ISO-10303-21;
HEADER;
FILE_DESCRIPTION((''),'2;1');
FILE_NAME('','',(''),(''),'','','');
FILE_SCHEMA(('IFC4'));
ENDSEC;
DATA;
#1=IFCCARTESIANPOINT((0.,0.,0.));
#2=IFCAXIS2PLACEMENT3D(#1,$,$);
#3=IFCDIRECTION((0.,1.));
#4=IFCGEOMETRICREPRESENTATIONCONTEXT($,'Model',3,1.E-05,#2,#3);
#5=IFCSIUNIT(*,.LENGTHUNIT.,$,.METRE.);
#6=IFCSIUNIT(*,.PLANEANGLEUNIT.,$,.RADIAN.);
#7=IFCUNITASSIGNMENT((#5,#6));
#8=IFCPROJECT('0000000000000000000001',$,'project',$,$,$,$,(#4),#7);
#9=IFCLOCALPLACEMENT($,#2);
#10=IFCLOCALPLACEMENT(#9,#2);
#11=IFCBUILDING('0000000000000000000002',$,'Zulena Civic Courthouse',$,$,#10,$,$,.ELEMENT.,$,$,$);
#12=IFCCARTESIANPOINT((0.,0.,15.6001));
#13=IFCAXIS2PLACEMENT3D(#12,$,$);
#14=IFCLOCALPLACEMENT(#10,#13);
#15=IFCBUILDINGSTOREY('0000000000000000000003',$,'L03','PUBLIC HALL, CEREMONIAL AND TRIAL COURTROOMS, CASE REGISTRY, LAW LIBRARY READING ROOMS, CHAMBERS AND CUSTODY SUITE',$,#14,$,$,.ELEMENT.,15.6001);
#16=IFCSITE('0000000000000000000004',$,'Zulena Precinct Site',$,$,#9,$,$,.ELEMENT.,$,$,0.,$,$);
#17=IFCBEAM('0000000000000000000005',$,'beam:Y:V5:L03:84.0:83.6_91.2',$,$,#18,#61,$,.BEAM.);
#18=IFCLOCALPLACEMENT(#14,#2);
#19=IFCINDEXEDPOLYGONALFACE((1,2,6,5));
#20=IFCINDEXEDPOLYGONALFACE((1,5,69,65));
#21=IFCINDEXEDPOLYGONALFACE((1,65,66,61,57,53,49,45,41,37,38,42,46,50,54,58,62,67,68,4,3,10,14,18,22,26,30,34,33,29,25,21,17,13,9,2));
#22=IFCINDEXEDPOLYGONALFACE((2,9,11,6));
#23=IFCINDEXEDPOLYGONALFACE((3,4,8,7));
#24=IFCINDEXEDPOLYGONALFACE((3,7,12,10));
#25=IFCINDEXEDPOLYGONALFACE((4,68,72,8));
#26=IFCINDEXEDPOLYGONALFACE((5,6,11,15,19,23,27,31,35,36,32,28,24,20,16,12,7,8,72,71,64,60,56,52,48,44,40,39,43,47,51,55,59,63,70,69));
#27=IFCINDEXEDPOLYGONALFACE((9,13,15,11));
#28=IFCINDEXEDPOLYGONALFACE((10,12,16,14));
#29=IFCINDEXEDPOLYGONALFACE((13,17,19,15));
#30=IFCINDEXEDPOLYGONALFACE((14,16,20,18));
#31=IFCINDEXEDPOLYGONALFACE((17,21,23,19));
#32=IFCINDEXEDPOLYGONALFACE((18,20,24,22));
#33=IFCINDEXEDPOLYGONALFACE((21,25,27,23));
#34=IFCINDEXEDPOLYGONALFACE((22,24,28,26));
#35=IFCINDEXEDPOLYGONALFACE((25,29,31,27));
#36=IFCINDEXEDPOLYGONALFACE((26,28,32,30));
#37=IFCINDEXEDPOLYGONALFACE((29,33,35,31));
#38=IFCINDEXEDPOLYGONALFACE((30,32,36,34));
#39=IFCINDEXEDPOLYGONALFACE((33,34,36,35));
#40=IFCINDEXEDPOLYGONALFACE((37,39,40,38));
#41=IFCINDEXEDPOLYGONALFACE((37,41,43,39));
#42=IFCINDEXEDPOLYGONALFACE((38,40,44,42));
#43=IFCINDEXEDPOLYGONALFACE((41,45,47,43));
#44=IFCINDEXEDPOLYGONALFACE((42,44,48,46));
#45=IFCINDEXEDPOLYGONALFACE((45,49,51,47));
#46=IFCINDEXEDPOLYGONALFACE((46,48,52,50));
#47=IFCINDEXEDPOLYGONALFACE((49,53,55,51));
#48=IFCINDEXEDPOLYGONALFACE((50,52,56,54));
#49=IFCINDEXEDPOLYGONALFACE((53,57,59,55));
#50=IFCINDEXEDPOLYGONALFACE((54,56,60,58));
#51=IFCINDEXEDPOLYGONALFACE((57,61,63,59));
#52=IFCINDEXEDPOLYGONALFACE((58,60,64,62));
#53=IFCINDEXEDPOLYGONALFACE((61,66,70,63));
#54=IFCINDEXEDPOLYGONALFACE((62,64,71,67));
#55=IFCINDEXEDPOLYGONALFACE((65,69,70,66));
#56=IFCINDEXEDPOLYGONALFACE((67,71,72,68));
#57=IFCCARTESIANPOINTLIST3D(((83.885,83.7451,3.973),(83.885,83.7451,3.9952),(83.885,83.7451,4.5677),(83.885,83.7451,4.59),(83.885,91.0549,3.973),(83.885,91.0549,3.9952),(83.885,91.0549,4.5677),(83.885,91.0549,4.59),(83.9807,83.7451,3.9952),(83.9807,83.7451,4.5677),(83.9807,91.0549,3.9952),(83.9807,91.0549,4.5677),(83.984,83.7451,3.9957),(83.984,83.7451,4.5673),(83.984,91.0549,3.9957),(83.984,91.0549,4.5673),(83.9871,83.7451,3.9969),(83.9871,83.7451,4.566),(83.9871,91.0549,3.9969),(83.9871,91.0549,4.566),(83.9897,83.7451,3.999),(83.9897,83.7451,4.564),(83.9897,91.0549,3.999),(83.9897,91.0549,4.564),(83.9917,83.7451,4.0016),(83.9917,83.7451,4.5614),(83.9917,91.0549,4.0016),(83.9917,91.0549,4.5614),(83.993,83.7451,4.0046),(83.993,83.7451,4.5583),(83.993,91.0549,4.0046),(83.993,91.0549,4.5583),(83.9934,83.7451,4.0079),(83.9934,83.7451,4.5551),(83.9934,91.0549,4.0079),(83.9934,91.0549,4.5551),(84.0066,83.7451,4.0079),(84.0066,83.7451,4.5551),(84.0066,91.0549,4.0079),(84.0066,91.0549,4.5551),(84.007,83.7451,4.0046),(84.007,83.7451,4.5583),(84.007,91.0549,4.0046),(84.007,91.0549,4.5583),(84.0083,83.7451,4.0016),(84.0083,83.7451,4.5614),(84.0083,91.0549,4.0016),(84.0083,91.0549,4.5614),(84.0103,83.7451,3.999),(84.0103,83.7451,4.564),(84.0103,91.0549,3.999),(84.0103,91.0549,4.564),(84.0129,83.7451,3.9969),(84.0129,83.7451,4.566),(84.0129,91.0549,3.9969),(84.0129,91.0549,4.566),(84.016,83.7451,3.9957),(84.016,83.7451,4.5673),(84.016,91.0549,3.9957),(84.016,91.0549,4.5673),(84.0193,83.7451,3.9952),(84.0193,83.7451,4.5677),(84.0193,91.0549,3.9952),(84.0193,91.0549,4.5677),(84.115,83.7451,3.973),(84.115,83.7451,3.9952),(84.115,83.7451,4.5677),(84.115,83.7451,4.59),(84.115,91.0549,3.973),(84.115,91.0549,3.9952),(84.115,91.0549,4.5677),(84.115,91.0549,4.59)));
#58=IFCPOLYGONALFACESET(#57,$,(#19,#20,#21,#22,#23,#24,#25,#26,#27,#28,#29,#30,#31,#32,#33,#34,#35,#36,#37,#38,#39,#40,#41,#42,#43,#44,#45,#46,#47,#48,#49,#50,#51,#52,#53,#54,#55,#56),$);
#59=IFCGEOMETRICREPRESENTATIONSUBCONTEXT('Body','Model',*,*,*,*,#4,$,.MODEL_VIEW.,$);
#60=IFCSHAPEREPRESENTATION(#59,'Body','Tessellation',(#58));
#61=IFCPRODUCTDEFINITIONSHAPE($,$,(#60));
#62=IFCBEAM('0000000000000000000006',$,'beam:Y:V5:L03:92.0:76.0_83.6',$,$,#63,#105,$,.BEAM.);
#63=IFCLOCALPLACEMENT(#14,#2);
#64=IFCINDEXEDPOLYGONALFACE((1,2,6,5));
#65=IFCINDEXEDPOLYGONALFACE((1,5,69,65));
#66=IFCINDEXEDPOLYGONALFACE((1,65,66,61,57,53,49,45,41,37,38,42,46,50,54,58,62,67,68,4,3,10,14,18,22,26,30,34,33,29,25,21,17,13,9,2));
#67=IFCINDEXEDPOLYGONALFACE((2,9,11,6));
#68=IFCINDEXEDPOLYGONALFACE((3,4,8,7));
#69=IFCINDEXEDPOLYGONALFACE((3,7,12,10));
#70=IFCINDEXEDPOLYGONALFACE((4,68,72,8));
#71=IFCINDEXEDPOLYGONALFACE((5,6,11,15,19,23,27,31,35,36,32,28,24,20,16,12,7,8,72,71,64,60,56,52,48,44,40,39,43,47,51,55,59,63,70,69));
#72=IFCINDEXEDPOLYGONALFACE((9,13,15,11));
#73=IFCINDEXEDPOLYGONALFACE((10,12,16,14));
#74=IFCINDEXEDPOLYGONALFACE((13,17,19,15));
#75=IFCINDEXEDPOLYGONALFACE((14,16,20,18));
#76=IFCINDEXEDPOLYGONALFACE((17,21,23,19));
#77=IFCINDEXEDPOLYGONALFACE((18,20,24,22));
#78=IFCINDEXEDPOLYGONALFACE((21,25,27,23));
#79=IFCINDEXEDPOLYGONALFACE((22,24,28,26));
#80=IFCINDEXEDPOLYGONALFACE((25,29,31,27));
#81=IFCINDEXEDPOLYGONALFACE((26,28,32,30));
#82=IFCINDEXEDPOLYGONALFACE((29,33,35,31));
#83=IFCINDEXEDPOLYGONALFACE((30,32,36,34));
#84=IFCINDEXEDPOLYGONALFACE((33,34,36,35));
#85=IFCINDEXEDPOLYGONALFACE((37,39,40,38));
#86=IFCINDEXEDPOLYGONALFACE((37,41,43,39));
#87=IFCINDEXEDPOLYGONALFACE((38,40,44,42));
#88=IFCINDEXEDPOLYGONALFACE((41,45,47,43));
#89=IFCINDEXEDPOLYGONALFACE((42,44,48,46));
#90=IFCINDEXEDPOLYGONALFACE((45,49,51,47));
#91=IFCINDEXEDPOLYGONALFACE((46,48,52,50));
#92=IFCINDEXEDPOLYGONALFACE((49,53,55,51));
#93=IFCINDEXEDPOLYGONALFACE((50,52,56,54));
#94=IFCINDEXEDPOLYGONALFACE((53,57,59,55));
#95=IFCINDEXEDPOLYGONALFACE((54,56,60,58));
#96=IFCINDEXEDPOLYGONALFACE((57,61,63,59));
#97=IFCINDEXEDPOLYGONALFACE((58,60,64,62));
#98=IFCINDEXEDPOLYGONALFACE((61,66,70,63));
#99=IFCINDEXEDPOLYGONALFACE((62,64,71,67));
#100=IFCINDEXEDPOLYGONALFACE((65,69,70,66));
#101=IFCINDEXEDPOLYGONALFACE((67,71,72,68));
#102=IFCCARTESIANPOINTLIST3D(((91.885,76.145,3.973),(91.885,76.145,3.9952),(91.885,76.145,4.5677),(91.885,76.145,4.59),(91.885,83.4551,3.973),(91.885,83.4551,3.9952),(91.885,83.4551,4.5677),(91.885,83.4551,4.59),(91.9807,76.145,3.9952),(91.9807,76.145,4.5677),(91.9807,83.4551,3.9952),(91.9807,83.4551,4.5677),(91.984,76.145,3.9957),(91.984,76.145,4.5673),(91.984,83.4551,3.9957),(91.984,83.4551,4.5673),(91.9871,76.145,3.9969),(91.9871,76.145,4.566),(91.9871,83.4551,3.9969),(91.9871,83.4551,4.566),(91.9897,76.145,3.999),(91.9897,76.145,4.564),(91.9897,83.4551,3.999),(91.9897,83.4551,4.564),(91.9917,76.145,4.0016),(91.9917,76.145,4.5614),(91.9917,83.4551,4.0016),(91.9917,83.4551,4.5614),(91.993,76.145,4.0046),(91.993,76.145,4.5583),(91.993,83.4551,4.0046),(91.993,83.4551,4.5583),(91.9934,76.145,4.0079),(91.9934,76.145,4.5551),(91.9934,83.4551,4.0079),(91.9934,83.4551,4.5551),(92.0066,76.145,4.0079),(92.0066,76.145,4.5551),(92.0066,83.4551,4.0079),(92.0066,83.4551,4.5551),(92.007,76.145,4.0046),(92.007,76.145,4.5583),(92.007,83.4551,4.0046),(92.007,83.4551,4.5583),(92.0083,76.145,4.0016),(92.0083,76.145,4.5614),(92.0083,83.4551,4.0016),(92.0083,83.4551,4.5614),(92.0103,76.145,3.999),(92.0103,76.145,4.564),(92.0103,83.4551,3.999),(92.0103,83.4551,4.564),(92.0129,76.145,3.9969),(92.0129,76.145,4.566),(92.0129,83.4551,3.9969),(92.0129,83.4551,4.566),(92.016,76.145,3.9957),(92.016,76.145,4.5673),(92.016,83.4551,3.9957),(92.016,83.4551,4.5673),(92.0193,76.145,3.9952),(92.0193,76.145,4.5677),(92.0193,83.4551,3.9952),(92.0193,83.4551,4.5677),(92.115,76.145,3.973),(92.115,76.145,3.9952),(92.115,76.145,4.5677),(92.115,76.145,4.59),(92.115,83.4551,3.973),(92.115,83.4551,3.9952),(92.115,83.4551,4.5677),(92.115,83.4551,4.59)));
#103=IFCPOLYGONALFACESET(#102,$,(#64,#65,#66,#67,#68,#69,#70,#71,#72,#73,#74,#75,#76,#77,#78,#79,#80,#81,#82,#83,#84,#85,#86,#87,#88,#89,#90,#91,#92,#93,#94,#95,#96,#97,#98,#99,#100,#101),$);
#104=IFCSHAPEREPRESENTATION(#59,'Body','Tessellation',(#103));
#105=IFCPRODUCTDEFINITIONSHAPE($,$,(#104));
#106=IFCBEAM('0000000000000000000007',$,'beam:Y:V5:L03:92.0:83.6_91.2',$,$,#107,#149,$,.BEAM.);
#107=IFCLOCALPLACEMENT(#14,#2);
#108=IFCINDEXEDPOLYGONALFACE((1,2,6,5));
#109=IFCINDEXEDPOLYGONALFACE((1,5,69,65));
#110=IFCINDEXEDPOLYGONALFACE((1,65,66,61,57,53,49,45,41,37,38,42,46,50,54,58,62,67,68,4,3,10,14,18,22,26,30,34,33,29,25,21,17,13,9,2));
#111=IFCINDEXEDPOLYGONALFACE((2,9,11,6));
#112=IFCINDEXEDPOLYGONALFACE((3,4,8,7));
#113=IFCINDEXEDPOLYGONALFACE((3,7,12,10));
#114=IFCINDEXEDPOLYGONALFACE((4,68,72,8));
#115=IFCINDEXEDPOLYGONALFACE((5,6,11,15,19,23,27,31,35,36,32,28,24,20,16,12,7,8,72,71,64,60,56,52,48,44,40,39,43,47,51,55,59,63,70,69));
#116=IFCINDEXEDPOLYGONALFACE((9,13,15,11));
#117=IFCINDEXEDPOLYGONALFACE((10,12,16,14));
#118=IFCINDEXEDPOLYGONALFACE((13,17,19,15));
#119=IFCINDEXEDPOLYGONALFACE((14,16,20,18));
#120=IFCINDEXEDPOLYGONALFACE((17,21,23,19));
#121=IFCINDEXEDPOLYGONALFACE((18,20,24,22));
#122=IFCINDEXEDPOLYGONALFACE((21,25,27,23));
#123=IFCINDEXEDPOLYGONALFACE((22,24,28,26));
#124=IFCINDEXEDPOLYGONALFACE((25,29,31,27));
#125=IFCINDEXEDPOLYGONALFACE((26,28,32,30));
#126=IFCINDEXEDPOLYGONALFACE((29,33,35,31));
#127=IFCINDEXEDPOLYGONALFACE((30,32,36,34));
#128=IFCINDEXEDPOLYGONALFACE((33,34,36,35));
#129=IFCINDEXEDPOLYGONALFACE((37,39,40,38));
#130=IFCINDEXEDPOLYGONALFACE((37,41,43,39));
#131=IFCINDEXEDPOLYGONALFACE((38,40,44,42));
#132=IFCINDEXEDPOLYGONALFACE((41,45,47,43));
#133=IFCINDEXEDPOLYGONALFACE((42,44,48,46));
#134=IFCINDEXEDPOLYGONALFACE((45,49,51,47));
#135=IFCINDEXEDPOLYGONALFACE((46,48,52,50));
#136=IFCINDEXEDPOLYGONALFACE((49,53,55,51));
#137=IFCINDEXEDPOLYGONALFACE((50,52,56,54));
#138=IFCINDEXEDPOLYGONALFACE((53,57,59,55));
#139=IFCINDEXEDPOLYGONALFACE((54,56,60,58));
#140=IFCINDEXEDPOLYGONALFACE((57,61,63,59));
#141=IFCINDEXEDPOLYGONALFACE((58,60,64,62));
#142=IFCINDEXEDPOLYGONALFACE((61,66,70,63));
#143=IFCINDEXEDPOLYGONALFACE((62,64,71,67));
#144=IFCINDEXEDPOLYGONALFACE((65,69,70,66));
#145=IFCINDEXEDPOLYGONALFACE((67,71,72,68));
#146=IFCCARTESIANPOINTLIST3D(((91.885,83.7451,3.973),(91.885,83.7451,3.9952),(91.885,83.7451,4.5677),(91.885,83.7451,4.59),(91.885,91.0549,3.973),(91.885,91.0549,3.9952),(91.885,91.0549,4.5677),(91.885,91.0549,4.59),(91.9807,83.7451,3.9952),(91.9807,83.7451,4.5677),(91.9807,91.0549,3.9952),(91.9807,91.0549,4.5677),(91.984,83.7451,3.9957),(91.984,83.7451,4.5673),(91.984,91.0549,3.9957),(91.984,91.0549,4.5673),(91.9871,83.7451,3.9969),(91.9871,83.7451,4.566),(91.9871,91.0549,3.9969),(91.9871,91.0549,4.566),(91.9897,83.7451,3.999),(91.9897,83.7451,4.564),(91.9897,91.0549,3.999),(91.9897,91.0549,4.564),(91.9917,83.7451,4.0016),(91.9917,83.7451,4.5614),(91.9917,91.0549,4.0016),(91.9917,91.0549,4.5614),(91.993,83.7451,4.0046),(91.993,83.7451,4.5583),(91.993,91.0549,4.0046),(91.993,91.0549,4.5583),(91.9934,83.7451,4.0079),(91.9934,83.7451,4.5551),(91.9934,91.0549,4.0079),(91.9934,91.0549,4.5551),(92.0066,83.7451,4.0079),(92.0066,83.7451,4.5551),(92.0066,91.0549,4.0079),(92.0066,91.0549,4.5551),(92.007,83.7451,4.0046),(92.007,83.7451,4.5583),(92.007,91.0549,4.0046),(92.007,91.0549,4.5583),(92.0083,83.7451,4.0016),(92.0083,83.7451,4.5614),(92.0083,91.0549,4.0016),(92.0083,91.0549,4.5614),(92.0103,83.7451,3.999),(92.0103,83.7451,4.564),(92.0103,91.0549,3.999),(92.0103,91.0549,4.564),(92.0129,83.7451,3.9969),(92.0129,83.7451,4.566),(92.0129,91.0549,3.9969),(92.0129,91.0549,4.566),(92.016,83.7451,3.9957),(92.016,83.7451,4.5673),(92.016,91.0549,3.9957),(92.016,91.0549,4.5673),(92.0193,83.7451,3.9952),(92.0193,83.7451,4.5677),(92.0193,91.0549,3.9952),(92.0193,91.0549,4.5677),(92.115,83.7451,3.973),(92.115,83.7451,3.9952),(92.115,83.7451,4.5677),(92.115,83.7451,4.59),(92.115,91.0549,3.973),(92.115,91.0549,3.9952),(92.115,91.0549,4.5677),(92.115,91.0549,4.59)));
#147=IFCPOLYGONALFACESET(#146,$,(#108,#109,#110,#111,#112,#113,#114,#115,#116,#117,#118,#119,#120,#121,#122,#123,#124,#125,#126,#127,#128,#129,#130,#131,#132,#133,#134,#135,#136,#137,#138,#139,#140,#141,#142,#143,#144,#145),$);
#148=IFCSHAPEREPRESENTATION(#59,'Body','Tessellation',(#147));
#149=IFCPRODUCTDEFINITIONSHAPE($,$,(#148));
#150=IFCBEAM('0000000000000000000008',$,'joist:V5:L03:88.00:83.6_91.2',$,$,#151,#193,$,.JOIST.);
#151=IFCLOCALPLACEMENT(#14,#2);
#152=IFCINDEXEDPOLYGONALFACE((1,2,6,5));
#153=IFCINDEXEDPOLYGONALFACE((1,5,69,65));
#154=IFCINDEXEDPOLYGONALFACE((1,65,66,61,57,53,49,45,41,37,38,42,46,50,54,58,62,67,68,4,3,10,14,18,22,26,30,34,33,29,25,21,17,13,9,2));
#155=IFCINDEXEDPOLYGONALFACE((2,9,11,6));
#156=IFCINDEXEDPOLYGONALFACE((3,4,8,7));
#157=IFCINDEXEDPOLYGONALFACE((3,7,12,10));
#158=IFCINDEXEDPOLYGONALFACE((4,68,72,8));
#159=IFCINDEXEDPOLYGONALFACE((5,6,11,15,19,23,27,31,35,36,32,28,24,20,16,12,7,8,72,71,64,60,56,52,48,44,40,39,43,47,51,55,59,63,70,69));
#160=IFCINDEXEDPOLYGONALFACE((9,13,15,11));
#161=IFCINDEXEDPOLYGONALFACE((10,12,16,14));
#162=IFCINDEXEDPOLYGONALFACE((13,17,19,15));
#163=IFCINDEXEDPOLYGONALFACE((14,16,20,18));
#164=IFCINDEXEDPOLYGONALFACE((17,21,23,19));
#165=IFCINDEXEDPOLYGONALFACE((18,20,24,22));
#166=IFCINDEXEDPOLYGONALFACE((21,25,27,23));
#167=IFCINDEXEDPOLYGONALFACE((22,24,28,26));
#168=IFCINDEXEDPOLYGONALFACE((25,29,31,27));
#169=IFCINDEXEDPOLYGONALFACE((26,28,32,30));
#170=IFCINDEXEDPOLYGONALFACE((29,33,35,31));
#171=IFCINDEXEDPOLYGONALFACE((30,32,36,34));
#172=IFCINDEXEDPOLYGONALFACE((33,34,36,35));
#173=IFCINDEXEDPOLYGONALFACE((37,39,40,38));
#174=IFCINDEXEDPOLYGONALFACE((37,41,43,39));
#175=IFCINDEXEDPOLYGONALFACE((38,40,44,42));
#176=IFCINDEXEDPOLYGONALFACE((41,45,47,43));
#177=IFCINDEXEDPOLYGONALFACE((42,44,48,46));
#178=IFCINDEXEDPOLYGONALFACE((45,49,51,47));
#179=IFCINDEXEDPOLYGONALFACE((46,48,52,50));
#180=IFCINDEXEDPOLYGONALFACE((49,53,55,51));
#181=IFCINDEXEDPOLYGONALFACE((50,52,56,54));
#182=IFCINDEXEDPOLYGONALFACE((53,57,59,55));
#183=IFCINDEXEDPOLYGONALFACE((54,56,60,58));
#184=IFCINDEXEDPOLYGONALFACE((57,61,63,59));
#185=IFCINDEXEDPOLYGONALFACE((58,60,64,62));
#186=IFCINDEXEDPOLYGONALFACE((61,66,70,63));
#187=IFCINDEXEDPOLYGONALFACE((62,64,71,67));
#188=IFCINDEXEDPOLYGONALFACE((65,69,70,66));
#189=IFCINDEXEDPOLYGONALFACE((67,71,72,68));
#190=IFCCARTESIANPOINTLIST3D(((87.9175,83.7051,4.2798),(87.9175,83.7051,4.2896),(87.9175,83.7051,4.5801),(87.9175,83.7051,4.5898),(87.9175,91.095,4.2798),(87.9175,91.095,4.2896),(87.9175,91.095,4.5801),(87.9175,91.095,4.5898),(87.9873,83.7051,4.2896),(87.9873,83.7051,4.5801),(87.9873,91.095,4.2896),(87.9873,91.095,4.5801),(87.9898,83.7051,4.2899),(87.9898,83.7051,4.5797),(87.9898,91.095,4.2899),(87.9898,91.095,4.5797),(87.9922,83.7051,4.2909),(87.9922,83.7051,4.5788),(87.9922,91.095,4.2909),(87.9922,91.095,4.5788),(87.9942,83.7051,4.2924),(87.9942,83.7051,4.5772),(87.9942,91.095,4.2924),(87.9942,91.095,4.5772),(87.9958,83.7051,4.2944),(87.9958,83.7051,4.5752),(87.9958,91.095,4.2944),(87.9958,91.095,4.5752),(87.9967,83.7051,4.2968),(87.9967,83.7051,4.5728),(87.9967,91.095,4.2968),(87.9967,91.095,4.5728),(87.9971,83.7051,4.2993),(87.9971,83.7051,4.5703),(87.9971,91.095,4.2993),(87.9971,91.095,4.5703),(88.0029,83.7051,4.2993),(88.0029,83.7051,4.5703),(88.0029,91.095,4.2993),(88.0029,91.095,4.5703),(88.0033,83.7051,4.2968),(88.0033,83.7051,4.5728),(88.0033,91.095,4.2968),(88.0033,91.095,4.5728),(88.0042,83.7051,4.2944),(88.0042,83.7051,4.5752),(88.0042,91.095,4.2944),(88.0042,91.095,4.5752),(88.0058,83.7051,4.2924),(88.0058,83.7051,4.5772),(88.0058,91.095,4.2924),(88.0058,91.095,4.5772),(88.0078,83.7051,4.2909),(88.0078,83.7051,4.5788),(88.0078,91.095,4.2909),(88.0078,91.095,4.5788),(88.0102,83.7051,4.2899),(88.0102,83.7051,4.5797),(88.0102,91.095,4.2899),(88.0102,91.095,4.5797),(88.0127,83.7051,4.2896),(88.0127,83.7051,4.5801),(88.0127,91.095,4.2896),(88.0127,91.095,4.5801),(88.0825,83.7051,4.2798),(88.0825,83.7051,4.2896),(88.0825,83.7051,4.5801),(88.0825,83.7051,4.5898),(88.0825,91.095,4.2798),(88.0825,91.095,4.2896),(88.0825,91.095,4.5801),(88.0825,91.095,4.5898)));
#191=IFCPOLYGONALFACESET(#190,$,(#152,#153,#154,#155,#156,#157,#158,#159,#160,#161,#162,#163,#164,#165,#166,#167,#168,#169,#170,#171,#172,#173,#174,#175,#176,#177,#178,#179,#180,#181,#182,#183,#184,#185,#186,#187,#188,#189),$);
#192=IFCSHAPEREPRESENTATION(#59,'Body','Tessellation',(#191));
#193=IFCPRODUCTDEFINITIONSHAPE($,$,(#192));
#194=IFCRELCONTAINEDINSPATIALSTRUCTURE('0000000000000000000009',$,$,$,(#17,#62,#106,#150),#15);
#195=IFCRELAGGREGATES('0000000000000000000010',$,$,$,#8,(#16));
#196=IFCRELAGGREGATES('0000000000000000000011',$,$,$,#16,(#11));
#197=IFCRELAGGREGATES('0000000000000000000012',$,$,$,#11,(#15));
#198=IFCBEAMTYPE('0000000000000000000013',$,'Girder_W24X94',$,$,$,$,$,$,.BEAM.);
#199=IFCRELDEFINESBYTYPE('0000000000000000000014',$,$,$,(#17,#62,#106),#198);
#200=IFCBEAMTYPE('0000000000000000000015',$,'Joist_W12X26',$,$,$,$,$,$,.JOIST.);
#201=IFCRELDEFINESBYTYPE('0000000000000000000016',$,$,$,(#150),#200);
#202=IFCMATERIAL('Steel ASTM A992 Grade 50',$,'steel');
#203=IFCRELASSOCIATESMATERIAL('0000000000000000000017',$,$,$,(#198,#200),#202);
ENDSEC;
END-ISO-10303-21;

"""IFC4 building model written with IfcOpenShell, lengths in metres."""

from ifc_helpers import new_model, si_unit, direction, frame, origin, origin_2d, place, context, subcontext, project, spatial, i_section, extrude, material, material_profile, profile_set, type_object, element, save


model = new_model("IFC4")

# Units and contexts
model_context = context("Model", 3, precision=1e-05, world=origin(), true_north=direction((0.0, 1.0)))
body_context = subcontext(model_context, "Body", "Model", "MODEL_VIEW")
ifc_project = project(units=[si_unit("LENGTHUNIT", "METRE"), si_unit("PLANEANGLEUNIT", "RADIAN")], contexts=[model_context])

# Site, building, storey
site_placement = place(None, origin())
site = spatial("IfcSite", under=ifc_project, at=site_placement, Name="Zulena Precinct Site", CompositionType="ELEMENT", RefElevation=0.0)
building_placement = place(site_placement, origin())
building = spatial("IfcBuilding", under=site, at=building_placement, Name="Zulena Civic Courthouse", CompositionType="ELEMENT")
storey_placement = place(building_placement, frame((0.0, 0.0, 15.6001)))
storey = spatial("IfcBuildingStorey", under=building, at=storey_placement, Name="L03", Description="PUBLIC HALL, CEREMONIAL AND TRIAL COURTROOMS, CASE REGISTRY, LAW LIBRARY READING ROOMS, CHAMBERS AND CUSTODY SUITE", CompositionType="ELEMENT", Elevation=15.6001)

# Shared definitions
ifc_material_1 = material(Name="Steel ASTM A992 Grade 50", Category="steel")

# Beams
ifc_material_profile_1 = material_profile(ifc_material_1, i_section(OverallWidth=0.23, OverallDepth=0.6169, WebThickness=0.0132, FlangeThickness=0.0222, FilletRadius=0.0127, at=origin_2d()), Name="W24X94")
ifc_profile_set_1 = profile_set([ifc_material_profile_1], Name="Steel ASTM A992 Grade 50")
beam_type_1 = type_object("IfcBeamType", Name="Girder_W24X94", PredefinedType="BEAM", material=ifc_profile_set_1)
beam_1_placement = place(storey_placement, frame((84.0, 83.7451, 4.2815), z_axis=(0.0, 1.0, 0.0), x_axis=(-1.0, 0.0, 0.0)))
element("IfcBeam", 1, at=beam_1_placement, inside=storey, type_object=beam_type_1, Name="beam:Y:V5:L03:84.0:83.6_91.2", PredefinedType="BEAM", context=body_context, shape_type="SweptSolid", body=[
    extrude(i_section(OverallWidth=0.23, OverallDepth=0.6169, WebThickness=0.0132, FlangeThickness=0.0222, FilletRadius=0.0127, at=origin_2d()), origin(), (0.0, 0.0, 1.0), 7.3098),
])
beam_2_placement = place(storey_placement, frame((92.0, 76.145, 4.2815), z_axis=(0.0, 1.0, 0.0), x_axis=(-1.0, 0.0, 0.0)))
element("IfcBeam", 2, at=beam_2_placement, inside=storey, type_object=beam_type_1, Name="beam:Y:V5:L03:92.0:76.0_83.6", PredefinedType="BEAM", context=body_context, shape_type="SweptSolid", body=[
    extrude(i_section(OverallWidth=0.23, OverallDepth=0.6169, WebThickness=0.0132, FlangeThickness=0.0222, FilletRadius=0.0127, at=origin_2d()), origin(), (0.0, 0.0, 1.0), 7.3101),
])
beam_3_placement = place(storey_placement, frame((92.0, 83.7451, 4.2815), z_axis=(0.0, 1.0, 0.0), x_axis=(-1.0, 0.0, 0.0)))
element("IfcBeam", 3, at=beam_3_placement, inside=storey, type_object=beam_type_1, Name="beam:Y:V5:L03:92.0:83.6_91.2", PredefinedType="BEAM", context=body_context, shape_type="SweptSolid", body=[
    extrude(i_section(OverallWidth=0.23, OverallDepth=0.6169, WebThickness=0.0132, FlangeThickness=0.0222, FilletRadius=0.0127, at=origin_2d()), origin(), (0.0, 0.0, 1.0), 7.3098),
])
ifc_material_profile_2 = material_profile(ifc_material_1, i_section(OverallWidth=0.165, OverallDepth=0.3101, WebThickness=0.0059, FlangeThickness=0.0098, FilletRadius=0.0098, at=origin_2d()), Name="W12X26")
ifc_profile_set_2 = profile_set([ifc_material_profile_2], Name="Steel ASTM A992 Grade 50")
beam_type_2 = type_object("IfcBeamType", Name="Joist_W12X26", PredefinedType="JOIST", material=ifc_profile_set_2)
beam_4_placement = place(storey_placement, frame((88.0, 83.7051, 4.4348), z_axis=(0.0, 1.0, 0.0), x_axis=(-1.0, 0.0, 0.0)))
element("IfcBeam", 4, at=beam_4_placement, inside=storey, type_object=beam_type_2, Name="joist:V5:L03:88.00:83.6_91.2", PredefinedType="JOIST", context=body_context, shape_type="SweptSolid", body=[
    extrude(i_section(OverallWidth=0.165, OverallDepth=0.3101, WebThickness=0.0059, FlangeThickness=0.0098, FilletRadius=0.0098, at=origin_2d()), origin(), (0.0, 0.0, 1.0), 7.3899),
])

save(model, "model.ifc")
